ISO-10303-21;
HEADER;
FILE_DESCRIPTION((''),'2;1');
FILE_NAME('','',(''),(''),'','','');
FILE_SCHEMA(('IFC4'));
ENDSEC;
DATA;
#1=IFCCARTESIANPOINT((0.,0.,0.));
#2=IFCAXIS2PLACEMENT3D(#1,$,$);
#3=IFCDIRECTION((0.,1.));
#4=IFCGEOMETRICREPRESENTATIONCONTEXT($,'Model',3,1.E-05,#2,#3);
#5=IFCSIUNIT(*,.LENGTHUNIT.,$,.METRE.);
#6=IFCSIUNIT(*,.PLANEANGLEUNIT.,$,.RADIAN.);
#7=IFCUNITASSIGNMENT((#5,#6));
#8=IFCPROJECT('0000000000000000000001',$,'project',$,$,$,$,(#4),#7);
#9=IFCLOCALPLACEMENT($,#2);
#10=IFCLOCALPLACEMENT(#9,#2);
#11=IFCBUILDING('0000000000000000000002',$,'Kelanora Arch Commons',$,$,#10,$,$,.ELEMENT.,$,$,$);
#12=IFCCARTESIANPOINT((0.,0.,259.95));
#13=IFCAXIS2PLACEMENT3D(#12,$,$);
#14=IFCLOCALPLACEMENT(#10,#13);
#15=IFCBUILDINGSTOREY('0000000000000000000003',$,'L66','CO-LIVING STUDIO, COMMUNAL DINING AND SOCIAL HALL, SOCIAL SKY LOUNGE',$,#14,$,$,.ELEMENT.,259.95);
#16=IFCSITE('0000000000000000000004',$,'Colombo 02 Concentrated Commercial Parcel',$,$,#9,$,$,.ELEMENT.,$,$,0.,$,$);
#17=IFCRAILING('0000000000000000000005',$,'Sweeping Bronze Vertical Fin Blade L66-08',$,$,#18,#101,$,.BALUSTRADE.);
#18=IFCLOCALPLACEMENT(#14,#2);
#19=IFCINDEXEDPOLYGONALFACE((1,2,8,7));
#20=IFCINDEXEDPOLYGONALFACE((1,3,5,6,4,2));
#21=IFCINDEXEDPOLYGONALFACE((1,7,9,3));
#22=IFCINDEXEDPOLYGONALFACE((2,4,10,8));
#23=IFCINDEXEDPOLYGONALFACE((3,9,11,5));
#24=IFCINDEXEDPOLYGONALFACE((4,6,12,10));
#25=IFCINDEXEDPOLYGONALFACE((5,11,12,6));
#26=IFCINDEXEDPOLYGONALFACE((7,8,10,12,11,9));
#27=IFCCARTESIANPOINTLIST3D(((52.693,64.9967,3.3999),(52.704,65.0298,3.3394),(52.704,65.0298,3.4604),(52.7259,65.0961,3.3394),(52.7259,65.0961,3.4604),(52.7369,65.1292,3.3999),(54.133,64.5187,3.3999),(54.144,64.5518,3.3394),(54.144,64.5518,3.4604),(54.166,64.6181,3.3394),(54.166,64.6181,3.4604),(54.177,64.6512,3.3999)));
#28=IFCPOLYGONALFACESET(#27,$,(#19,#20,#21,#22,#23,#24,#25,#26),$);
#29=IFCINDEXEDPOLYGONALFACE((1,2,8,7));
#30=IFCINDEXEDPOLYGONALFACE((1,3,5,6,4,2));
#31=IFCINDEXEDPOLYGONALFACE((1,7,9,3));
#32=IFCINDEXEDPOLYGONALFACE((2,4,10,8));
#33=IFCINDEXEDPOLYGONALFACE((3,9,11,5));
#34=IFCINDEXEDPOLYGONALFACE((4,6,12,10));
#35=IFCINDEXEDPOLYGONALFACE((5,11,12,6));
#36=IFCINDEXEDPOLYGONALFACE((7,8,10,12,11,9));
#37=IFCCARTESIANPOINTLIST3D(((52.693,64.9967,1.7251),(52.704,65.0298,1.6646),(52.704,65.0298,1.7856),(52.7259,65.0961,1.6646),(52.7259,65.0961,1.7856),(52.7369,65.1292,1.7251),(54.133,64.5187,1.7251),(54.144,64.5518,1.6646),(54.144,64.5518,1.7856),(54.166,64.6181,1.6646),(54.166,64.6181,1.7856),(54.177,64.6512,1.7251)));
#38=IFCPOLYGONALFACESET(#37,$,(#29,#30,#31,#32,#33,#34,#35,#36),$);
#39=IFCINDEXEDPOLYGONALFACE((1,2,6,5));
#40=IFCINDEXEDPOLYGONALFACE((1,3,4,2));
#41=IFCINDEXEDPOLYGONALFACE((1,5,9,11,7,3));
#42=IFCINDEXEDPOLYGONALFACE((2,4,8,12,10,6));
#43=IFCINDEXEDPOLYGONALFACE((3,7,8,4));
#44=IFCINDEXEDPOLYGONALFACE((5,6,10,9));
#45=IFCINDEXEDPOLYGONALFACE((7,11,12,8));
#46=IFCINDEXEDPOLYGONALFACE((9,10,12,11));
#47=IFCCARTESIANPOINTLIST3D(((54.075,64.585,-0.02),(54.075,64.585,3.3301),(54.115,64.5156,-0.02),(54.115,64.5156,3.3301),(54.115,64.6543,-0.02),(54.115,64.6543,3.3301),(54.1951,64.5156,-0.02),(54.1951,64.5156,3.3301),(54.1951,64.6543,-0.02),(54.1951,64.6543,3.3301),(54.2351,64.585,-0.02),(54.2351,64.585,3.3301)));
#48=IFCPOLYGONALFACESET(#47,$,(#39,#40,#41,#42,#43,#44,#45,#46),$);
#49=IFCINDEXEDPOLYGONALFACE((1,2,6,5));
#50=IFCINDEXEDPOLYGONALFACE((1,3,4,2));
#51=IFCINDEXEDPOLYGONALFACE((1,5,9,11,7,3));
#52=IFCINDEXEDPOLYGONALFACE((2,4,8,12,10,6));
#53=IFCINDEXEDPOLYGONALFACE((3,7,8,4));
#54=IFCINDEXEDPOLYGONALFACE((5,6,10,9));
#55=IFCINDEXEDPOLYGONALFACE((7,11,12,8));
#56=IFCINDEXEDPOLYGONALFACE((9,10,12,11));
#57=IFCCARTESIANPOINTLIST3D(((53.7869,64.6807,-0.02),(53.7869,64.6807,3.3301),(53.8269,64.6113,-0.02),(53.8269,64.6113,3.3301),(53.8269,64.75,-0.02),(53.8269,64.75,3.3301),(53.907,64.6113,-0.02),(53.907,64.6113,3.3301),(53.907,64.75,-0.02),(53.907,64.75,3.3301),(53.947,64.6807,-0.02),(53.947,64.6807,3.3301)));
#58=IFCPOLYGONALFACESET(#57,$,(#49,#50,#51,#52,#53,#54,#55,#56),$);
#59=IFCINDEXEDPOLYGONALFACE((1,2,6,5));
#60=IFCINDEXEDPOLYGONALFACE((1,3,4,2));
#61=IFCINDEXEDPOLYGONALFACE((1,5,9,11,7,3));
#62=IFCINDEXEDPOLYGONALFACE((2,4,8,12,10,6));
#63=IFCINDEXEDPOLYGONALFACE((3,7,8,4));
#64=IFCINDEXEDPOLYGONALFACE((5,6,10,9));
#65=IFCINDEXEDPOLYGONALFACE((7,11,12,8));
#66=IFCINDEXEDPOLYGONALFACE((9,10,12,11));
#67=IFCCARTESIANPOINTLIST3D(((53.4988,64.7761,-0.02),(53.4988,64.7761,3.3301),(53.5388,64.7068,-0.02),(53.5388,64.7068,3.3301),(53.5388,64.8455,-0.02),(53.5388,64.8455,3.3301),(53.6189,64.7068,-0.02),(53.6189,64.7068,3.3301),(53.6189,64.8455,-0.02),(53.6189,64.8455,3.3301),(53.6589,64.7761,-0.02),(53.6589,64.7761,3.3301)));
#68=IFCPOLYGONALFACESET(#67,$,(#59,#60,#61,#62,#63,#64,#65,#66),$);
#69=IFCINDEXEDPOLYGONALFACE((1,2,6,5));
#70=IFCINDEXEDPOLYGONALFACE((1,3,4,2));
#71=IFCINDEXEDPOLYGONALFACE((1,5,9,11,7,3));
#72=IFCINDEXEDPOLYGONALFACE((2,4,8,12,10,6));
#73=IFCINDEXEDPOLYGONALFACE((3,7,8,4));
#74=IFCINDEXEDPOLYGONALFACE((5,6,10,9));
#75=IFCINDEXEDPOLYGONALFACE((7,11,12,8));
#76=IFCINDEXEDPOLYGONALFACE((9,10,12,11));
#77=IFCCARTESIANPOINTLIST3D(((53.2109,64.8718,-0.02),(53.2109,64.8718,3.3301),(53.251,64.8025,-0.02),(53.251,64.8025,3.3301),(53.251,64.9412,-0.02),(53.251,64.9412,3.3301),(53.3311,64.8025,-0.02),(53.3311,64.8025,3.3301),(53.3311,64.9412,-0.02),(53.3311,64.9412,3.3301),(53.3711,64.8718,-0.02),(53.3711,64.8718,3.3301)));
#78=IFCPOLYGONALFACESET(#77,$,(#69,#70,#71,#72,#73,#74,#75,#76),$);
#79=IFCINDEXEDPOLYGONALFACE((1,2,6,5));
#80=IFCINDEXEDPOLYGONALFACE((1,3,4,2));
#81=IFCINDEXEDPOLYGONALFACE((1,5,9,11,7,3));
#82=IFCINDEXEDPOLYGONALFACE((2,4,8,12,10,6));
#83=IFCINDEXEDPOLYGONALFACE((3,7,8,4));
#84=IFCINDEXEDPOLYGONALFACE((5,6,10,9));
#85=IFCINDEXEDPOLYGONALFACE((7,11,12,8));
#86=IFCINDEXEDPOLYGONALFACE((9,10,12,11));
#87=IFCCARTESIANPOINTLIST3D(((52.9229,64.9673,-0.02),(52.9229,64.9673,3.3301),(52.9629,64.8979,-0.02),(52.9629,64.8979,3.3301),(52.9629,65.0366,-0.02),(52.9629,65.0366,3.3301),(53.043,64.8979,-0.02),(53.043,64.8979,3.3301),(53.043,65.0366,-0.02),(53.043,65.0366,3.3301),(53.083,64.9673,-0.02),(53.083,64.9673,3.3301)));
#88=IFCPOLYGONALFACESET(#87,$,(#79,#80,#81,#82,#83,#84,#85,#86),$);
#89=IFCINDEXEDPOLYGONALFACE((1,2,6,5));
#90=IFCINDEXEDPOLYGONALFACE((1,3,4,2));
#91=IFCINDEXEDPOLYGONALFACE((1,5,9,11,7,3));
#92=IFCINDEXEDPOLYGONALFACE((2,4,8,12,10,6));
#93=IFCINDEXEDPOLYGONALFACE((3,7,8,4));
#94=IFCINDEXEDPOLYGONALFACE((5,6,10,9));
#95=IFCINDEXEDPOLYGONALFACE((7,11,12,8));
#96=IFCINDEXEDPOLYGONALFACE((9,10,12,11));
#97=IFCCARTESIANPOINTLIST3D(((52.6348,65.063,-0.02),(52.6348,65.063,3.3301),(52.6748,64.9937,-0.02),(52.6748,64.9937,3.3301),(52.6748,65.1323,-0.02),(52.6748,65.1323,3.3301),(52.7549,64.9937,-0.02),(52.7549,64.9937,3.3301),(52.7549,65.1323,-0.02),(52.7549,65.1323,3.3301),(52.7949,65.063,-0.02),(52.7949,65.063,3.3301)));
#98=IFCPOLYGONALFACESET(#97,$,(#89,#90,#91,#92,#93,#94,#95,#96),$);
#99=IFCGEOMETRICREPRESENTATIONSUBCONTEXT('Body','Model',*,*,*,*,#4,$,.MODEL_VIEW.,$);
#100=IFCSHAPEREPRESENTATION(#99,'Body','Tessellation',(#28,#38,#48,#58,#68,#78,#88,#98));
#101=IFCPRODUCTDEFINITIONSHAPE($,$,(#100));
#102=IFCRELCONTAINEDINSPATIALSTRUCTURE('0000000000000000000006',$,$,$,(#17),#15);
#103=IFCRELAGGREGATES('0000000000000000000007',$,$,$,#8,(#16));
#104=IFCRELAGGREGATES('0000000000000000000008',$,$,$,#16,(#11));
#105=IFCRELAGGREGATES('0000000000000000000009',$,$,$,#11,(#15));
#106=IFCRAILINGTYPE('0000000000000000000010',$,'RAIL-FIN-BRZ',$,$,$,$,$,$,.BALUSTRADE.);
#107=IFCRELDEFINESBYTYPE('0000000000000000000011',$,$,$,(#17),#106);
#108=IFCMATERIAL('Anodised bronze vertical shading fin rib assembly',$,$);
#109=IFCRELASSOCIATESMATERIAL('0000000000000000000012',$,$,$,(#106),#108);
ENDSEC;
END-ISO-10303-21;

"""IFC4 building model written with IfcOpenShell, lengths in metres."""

from ifc_helpers import new_model, si_unit, direction, frame, origin, place, context, subcontext, project, spatial, polyline, outline, extrude, material, type_object, element, save


model = new_model("IFC4")

# Units and contexts
model_context = context("Model", 3, precision=1e-05, world=origin(), true_north=direction((0.0, 1.0)))
body_context = subcontext(model_context, "Body", "Model", "MODEL_VIEW")
ifc_project = project(units=[si_unit("LENGTHUNIT", "METRE"), si_unit("PLANEANGLEUNIT", "RADIAN")], contexts=[model_context])

# Site, building, storey
site_placement = place(None, origin())
site = spatial("IfcSite", under=ifc_project, at=site_placement, Name="Colombo 02 Concentrated Commercial Parcel", CompositionType="ELEMENT", RefElevation=0.0)
building_placement = place(site_placement, origin())
building = spatial("IfcBuilding", under=site, at=building_placement, Name="Kelanora Arch Commons", CompositionType="ELEMENT")
storey_placement = place(building_placement, frame((0.0, 0.0, 259.95)))
storey = spatial("IfcBuildingStorey", under=building, at=storey_placement, Name="L66", Description="CO-LIVING STUDIO, COMMUNAL DINING AND SOCIAL HALL, SOCIAL SKY LOUNGE", CompositionType="ELEMENT", Elevation=259.95)

# Railing
ifc_material_1 = material(Name="Anodised bronze vertical shading fin rib assembly")
railing_type = type_object("IfcRailingType", Name="RAIL-FIN-BRZ", PredefinedType="BALUSTRADE", material=ifc_material_1)
railing_placement = place(storey_placement, frame((54.155, 64.585, -0.02)))
element("IfcRailing", 1, at=railing_placement, inside=storey, type_object=railing_type, Name="Sweeping Bronze Vertical Fin Blade L66-08", PredefinedType="BALUSTRADE", context=body_context, shape_type="SweptSolid", body=[
    extrude(outline(polyline([(0.0698, 0.0), (0.0349, 0.0605), (-0.0349, 0.0605), (-0.0698, 0.0), (-0.0349, -0.0605), (0.0349, -0.0605), (0.0698, 0.0)])), frame((0.0, 0.0, 3.4199), z_axis=(-0.949085, 0.315021, 0.0), x_axis=(-0.315021, -0.949085, 0.0)), (0.0, 0.0, 1.0), 1.5173),
    extrude(outline(polyline([(0.0698, 0.0), (0.0349, 0.0605), (-0.0349, 0.0605), (-0.0698, 0.0), (-0.0349, -0.0605), (0.0349, -0.0605), (0.0698, 0.0)])), frame((0.0, 0.0, 1.7451), z_axis=(-0.949085, 0.315021, 0.0), x_axis=(-0.315021, -0.949085, 0.0)), (0.0, 0.0, 1.0), 1.5173),
    extrude(outline(polyline([(0.0801, 0.0), (0.04, 0.0693), (-0.04, 0.0693), (-0.0801, 0.0), (-0.04, -0.0693), (0.04, -0.0693), (0.0801, 0.0)])), origin(), (0.0, 0.0, 1.0), 3.3501),
    extrude(outline(polyline([(0.0801, 0.0), (0.04, 0.0693), (-0.04, 0.0693), (-0.0801, 0.0), (-0.04, -0.0693), (0.04, -0.0693), (0.0801, 0.0)])), frame((-0.2881, 0.0957, 0.0)), (0.0, 0.0, 1.0), 3.3501),
    extrude(outline(polyline([(0.0801, 0.0), (0.04, 0.0693), (-0.04, 0.0693), (-0.0801, 0.0), (-0.04, -0.0693), (0.04, -0.0693), (0.0801, 0.0)])), frame((-0.5762, 0.1912, 0.0)), (0.0, 0.0, 1.0), 3.3501),
    extrude(outline(polyline([(0.0801, 0.0), (0.04, 0.0693), (-0.04, 0.0693), (-0.0801, 0.0), (-0.04, -0.0693), (0.04, -0.0693), (0.0801, 0.0)])), frame((-0.864, 0.2869, 0.0)), (0.0, 0.0, 1.0), 3.3501),
    extrude(outline(polyline([(0.0801, 0.0), (0.04, 0.0693), (-0.04, 0.0693), (-0.0801, 0.0), (-0.04, -0.0693), (0.04, -0.0693), (0.0801, 0.0)])), frame((-1.1521, 0.3823, 0.0)), (0.0, 0.0, 1.0), 3.3501),
    extrude(outline(polyline([(0.0801, 0.0), (0.04, 0.0693), (-0.04, 0.0693), (-0.0801, 0.0), (-0.04, -0.0693), (0.04, -0.0693), (0.0801, 0.0)])), frame((-1.4402, 0.478, 0.0)), (0.0, 0.0, 1.0), 3.3501),
])

save(model, "model.ifc")
